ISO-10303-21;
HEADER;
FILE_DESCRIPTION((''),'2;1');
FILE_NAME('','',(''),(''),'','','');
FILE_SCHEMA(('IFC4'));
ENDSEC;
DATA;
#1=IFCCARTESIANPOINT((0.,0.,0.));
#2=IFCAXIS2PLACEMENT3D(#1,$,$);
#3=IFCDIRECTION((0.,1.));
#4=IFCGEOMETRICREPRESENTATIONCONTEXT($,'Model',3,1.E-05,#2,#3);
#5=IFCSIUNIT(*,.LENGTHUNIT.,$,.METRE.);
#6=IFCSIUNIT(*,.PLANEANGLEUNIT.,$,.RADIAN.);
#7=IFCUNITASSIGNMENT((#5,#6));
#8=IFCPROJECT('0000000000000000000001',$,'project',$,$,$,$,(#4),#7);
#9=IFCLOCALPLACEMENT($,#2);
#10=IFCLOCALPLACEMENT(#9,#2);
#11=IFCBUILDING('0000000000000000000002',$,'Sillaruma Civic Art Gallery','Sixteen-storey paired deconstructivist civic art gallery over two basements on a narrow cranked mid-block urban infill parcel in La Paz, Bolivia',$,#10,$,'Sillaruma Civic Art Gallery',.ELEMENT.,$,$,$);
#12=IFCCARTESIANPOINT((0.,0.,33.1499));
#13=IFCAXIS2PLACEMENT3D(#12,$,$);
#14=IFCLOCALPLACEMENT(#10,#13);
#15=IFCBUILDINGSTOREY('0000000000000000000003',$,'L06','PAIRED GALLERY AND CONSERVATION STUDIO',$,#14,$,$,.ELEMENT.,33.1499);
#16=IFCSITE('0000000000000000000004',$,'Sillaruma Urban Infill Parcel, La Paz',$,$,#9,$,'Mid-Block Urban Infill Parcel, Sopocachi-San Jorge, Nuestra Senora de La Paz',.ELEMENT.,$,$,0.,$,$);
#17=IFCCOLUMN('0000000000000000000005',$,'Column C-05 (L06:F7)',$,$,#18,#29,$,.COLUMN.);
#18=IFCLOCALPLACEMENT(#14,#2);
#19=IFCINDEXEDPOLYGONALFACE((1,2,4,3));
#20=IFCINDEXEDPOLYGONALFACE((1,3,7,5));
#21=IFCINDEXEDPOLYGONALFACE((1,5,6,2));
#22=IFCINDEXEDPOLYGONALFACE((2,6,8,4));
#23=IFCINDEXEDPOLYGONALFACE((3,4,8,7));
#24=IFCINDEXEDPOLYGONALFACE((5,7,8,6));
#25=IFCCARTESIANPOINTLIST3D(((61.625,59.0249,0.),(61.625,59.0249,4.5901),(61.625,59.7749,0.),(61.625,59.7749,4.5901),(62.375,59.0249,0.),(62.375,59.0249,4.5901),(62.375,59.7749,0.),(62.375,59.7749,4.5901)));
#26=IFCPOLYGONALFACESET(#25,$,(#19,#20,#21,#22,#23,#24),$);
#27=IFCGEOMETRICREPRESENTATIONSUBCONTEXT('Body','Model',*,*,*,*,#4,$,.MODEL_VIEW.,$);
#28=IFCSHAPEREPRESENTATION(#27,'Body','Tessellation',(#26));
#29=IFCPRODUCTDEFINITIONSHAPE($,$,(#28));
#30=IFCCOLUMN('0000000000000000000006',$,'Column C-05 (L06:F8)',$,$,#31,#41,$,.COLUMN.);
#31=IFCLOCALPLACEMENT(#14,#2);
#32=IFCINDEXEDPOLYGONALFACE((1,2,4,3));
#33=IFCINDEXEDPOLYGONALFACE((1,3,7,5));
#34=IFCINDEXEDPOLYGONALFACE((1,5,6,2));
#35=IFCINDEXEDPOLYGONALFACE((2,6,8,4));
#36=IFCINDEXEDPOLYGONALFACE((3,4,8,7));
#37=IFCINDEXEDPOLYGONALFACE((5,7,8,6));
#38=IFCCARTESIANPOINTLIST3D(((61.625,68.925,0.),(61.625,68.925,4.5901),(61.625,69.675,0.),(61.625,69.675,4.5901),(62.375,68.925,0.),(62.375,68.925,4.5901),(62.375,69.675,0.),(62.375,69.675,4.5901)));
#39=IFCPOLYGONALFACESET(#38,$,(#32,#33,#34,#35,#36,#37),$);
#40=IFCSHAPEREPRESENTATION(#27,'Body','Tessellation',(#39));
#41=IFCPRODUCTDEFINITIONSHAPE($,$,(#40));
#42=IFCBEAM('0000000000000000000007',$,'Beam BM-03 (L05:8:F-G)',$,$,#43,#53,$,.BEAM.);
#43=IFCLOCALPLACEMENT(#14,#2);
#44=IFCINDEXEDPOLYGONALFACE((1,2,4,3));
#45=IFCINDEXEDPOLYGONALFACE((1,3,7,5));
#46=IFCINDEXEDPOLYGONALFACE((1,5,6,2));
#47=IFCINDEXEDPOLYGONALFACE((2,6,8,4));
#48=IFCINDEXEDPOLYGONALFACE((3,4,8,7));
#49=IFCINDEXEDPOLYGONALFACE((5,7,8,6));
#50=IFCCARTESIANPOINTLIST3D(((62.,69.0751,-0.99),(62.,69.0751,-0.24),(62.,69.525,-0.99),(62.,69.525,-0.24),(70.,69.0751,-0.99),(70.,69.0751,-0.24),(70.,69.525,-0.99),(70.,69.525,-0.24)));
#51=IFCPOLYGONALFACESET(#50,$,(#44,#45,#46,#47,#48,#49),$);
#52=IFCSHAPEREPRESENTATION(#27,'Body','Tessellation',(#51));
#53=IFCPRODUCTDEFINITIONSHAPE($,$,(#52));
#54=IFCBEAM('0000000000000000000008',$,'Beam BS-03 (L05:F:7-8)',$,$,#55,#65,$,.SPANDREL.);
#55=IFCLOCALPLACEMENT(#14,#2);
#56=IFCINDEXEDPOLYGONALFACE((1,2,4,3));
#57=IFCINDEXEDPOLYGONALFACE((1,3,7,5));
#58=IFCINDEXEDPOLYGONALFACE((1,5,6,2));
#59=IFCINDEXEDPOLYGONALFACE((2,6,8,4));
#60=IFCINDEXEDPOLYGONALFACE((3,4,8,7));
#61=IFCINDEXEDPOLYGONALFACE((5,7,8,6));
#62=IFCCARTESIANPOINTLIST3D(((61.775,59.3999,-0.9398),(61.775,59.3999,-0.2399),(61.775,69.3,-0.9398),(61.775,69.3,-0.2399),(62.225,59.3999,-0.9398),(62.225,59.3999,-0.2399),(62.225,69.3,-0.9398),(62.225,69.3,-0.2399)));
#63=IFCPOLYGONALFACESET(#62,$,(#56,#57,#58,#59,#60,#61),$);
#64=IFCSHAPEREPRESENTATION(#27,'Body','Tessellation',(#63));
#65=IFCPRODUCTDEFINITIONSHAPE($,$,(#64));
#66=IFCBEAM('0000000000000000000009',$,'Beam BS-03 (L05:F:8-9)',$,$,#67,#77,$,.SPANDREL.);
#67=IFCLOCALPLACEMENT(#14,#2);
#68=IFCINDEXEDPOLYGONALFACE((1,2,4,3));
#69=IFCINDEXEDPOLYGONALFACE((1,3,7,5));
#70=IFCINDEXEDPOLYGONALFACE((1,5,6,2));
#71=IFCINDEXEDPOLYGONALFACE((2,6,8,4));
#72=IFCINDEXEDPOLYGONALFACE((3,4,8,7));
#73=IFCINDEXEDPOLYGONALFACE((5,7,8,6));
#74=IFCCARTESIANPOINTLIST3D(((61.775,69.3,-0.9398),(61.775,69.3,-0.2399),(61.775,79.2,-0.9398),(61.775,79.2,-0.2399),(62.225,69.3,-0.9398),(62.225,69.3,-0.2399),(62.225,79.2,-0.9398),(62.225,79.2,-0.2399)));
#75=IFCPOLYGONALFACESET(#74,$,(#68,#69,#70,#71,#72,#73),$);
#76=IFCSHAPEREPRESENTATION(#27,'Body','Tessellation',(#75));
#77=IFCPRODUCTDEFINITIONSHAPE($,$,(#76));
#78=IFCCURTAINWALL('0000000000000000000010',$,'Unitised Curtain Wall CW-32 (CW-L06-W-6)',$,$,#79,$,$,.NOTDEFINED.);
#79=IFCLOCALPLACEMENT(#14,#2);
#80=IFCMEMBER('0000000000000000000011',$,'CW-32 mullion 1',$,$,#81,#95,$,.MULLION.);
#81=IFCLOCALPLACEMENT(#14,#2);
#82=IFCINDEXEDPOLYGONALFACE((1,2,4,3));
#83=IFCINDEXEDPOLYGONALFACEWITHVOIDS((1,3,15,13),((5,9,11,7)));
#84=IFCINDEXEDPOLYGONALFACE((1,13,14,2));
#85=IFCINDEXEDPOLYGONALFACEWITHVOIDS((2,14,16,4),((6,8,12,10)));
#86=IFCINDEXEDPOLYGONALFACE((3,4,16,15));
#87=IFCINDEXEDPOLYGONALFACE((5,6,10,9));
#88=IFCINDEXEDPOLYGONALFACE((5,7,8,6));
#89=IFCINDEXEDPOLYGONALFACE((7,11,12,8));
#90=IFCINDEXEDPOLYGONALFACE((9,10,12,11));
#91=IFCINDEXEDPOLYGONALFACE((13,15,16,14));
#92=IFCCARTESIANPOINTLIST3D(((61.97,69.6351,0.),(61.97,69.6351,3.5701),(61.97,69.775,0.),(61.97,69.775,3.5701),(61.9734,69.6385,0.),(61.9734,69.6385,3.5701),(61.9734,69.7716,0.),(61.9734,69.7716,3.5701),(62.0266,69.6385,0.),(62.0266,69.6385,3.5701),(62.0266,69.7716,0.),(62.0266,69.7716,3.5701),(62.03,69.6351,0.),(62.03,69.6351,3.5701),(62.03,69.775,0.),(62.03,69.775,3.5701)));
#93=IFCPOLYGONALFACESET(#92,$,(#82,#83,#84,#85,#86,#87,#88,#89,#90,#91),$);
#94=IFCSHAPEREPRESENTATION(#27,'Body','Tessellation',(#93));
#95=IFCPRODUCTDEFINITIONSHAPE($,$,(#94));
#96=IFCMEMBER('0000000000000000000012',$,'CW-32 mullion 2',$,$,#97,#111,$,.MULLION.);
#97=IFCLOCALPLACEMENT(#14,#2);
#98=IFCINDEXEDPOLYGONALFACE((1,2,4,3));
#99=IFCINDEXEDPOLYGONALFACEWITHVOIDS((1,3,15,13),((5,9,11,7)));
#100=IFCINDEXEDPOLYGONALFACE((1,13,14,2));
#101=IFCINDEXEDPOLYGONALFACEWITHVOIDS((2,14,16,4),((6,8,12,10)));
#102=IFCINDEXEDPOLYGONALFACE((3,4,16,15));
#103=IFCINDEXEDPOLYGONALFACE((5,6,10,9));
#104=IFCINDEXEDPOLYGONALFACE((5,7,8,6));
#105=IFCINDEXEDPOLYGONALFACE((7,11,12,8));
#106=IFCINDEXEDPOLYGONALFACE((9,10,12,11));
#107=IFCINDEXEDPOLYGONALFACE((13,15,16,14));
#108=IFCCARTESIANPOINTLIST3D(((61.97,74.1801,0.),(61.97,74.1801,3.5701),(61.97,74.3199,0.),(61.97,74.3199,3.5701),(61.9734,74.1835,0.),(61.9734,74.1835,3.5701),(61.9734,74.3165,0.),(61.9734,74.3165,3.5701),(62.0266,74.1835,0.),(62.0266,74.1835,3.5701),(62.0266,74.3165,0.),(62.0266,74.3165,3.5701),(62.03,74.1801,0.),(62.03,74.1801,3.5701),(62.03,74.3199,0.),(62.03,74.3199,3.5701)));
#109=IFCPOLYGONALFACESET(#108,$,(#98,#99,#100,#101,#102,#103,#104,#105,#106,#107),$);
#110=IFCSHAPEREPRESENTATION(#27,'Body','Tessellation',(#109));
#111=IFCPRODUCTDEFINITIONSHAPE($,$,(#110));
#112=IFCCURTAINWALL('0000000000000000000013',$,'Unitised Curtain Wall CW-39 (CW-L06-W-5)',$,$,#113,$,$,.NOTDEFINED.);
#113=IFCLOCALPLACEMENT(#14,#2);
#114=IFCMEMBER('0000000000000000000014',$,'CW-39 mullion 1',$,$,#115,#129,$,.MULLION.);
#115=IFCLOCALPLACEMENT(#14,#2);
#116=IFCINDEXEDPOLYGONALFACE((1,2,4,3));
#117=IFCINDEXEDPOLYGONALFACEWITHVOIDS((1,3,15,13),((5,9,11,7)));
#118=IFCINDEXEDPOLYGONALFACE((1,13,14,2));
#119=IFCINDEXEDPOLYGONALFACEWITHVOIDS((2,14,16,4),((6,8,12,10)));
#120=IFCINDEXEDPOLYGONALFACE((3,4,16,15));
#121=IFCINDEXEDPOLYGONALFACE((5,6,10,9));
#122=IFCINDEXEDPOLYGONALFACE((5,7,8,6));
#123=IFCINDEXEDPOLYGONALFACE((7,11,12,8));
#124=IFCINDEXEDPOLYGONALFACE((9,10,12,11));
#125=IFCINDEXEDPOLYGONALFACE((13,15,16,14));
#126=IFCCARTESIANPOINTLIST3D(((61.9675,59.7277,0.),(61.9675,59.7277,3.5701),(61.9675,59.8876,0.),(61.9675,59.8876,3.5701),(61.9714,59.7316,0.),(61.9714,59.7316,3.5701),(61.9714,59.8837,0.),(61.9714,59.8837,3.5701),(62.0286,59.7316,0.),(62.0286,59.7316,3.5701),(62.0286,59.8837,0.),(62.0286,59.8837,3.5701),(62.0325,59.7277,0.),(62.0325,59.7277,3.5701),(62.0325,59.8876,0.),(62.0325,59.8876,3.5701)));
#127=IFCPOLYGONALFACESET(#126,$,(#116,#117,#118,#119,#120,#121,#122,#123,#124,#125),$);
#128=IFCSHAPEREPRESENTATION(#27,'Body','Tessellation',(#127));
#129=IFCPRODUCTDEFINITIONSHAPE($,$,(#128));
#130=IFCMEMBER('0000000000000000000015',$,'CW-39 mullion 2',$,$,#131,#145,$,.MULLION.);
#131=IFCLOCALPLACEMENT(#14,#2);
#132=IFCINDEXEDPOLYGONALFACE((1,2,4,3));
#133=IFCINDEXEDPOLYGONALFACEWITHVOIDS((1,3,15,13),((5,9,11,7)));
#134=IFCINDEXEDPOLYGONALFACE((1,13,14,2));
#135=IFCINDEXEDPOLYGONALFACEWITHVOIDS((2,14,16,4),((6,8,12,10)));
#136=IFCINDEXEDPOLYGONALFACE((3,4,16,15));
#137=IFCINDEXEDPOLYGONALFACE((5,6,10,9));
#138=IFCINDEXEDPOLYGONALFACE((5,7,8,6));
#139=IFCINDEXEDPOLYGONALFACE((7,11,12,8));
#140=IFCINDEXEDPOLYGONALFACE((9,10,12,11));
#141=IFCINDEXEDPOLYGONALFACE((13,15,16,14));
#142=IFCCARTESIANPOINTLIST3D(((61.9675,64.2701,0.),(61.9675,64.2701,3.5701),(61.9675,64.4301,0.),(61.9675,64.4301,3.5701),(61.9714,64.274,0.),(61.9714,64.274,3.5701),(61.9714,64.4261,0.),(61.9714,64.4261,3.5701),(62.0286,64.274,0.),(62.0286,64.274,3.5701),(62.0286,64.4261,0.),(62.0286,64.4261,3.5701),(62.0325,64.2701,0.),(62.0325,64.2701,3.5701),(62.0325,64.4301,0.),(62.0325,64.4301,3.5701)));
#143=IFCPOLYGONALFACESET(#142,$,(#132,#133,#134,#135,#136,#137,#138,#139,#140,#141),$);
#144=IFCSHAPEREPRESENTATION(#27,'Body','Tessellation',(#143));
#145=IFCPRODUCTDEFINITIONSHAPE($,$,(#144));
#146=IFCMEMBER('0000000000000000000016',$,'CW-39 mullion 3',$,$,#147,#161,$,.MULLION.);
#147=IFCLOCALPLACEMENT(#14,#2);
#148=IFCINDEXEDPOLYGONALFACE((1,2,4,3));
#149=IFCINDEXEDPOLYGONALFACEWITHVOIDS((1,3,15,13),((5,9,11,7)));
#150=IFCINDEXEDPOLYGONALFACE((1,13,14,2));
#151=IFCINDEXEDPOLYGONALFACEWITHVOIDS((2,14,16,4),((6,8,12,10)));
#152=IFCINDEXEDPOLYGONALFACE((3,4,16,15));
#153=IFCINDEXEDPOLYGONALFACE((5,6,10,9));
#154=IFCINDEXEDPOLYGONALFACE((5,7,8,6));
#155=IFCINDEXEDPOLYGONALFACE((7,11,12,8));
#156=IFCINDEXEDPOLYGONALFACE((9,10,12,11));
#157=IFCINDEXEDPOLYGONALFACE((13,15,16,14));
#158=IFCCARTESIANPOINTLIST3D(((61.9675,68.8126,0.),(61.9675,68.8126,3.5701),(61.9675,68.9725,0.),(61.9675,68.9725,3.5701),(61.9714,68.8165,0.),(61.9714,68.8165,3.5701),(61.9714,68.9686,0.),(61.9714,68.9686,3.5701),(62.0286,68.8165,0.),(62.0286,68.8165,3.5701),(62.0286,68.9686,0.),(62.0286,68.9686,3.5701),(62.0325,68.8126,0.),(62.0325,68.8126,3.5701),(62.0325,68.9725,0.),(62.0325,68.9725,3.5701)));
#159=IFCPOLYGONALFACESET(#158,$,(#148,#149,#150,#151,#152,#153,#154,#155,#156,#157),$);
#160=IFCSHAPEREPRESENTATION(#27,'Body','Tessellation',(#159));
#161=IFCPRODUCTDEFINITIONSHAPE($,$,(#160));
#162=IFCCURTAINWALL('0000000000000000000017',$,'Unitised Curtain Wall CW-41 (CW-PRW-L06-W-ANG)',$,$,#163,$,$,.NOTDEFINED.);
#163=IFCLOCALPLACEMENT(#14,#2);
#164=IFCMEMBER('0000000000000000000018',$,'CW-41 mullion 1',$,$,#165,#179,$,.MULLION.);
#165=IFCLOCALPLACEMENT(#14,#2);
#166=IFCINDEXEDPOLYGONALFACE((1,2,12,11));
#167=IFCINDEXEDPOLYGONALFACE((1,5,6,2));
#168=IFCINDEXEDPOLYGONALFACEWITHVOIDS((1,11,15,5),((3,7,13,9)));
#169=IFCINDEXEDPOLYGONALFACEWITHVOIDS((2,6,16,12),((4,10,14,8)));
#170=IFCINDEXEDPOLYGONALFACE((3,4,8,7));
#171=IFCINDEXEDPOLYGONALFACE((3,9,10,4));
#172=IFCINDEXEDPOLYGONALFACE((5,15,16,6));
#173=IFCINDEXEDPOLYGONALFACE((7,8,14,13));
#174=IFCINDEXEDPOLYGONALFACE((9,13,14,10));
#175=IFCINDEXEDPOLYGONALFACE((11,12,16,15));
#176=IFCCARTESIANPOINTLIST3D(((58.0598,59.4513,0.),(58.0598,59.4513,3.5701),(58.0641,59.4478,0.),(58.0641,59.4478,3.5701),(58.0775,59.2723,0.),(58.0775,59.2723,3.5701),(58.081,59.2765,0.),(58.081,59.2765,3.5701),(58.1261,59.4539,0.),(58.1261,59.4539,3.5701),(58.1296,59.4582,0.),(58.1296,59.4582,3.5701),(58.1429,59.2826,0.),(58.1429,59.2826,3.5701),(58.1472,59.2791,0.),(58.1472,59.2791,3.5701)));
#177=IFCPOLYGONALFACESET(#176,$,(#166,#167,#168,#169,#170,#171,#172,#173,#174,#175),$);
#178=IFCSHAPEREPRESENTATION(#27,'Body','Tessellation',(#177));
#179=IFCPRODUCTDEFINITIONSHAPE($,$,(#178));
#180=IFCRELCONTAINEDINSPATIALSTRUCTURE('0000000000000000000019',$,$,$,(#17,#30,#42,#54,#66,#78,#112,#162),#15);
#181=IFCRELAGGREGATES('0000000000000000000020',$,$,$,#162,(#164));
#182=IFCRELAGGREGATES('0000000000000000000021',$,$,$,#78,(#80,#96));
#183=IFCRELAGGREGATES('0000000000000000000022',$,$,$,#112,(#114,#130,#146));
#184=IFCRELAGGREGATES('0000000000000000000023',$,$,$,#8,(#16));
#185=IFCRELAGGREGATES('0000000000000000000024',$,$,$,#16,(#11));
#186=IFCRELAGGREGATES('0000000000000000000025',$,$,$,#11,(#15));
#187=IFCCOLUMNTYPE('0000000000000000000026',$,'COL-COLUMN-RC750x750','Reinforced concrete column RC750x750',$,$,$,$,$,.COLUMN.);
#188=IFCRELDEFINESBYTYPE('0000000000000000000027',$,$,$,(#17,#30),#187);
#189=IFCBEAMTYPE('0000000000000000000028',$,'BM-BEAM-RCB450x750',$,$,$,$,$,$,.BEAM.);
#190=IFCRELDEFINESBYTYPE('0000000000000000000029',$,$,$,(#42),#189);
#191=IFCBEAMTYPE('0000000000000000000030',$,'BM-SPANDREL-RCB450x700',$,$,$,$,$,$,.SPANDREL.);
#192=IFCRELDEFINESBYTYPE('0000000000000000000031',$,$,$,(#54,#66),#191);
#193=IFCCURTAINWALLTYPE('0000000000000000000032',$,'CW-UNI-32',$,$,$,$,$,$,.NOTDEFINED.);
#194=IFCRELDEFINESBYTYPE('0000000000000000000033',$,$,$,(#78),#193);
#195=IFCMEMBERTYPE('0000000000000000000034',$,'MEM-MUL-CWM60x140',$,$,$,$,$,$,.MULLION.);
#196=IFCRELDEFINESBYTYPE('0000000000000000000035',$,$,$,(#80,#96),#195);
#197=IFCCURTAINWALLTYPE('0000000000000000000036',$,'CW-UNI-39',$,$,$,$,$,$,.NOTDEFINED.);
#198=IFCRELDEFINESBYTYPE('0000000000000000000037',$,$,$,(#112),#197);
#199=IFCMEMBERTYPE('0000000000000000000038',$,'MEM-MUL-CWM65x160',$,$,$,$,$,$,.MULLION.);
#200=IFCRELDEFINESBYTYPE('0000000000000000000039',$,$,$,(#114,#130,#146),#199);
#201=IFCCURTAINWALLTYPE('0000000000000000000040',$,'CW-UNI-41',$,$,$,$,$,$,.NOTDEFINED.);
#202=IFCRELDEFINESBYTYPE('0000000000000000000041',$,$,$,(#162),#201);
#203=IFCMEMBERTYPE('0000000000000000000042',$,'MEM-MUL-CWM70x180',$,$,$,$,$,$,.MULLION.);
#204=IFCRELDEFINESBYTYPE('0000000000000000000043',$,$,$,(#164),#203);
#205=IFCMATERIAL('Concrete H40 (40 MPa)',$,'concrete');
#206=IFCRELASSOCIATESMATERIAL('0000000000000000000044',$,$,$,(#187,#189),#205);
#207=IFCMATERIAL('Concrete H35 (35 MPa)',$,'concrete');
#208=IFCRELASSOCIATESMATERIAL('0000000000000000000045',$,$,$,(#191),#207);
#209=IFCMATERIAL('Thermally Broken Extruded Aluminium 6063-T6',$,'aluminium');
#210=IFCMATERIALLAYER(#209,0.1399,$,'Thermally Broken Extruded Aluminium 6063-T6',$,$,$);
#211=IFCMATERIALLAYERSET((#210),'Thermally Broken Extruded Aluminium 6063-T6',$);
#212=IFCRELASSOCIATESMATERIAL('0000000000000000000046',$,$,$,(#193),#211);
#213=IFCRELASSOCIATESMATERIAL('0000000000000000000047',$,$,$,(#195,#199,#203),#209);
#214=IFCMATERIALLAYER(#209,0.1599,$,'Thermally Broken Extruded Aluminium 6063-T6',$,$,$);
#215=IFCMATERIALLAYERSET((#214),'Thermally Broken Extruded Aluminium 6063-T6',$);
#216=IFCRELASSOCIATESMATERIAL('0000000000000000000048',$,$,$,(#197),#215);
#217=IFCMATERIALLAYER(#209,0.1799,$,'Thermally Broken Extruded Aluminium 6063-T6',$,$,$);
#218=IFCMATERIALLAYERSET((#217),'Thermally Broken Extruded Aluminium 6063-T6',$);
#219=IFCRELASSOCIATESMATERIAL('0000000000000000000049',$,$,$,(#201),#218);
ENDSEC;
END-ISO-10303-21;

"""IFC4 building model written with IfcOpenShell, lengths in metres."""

from ifc_helpers import new_model, si_unit, direction, frame, origin, origin_2d, place, context, subcontext, project, spatial, rectangle, hollow_rectangle, extrude, material, layer, layer_set, material_profile, profile_set, type_object, element, aggregate, save


model = new_model("IFC4")

# Units and contexts
model_context = context("Model", 3, precision=1e-05, world=origin(), true_north=direction((0.0, 1.0)))
body_context = subcontext(model_context, "Body", "Model", "MODEL_VIEW")
ifc_project = project(units=[si_unit("LENGTHUNIT", "METRE"), si_unit("PLANEANGLEUNIT", "RADIAN")], contexts=[model_context])

# Site, building, storey
site_placement = place(None, origin())
site = spatial("IfcSite", under=ifc_project, at=site_placement, Name="Sillaruma Urban Infill Parcel, La Paz", LongName="Mid-Block Urban Infill Parcel, Sopocachi-San Jorge, Nuestra Senora de La Paz", CompositionType="ELEMENT", RefElevation=0.0)
building_placement = place(site_placement, origin())
building = spatial("IfcBuilding", under=site, at=building_placement, Name="Sillaruma Civic Art Gallery", Description="Sixteen-storey paired deconstructivist civic art gallery over two basements on a narrow cranked mid-block urban infill parcel in La Paz, Bolivia", LongName="Sillaruma Civic Art Gallery", CompositionType="ELEMENT")
storey_placement = place(building_placement, frame((0.0, 0.0, 33.1499)))
storey = spatial("IfcBuildingStorey", under=building, at=storey_placement, Name="L06", Description="PAIRED GALLERY AND CONSERVATION STUDIO", CompositionType="ELEMENT", Elevation=33.1499)

# Columns
ifc_material_1 = material(Name="Concrete H40 (40 MPa)", Category="concrete")
ifc_material_profile_1 = material_profile(ifc_material_1, rectangle(XDim=0.75, YDim=0.75, at=origin_2d()), Name="RC750x750")
ifc_profile_set_1 = profile_set([ifc_material_profile_1], Name="Concrete H40 (40 MPa)")
column_type = type_object("IfcColumnType", Name="COL-COLUMN-RC750x750", Description="Reinforced concrete column RC750x750", PredefinedType="COLUMN", material=ifc_profile_set_1)
for number, where, z_axis, x_axis, name in (
    (1, (62.0, 59.3999, 0.0), (0.0, 0.0, 1.0), (1.0, 0.0, 0.0), "Column C-05 (L06:F7)"),
    (2, (62.0, 69.3, 0.0), (0.0, 0.0, 1.0), (1.0, 0.0, 0.0), "Column C-05 (L06:F8)"),
):
    element("IfcColumn", number, at=place(storey_placement, frame(where, z_axis=z_axis, x_axis=x_axis)), inside=storey, type_object=column_type, Name=name, PredefinedType="COLUMN", context=body_context, shape_type="SweptSolid", body=[
        extrude(rectangle(XDim=0.75, YDim=0.75, at=origin_2d()), origin(), (0.0, 0.0, 1.0), 4.5901),
    ])

# Beams
ifc_material_profile_2 = material_profile(ifc_material_1, rectangle(XDim=0.45, YDim=0.75, at=origin_2d()), Name="RCB450x750")
ifc_profile_set_2 = profile_set([ifc_material_profile_2], Name="Concrete H40 (40 MPa)")
beam_type_1 = type_object("IfcBeamType", Name="BM-BEAM-RCB450x750", PredefinedType="BEAM", material=ifc_profile_set_2)
beam_1_placement = place(storey_placement, frame((62.0, 69.3, -0.615), z_axis=(1.0, 0.0, 0.0), x_axis=(0.0, 1.0, 0.0)))
element("IfcBeam", 3, at=beam_1_placement, inside=storey, type_object=beam_type_1, Name="Beam BM-03 (L05:8:F-G)", PredefinedType="BEAM", context=body_context, shape_type="SweptSolid", body=[
    extrude(rectangle(XDim=0.45, YDim=0.75, at=origin_2d()), origin(), (0.0, 0.0, 1.0), 8.0),
])
ifc_material_2 = material(Name="Concrete H35 (35 MPa)", Category="concrete")
ifc_material_profile_3 = material_profile(ifc_material_2, rectangle(XDim=0.45, YDim=0.7, at=origin_2d()), Name="RCB450x700")
ifc_profile_set_3 = profile_set([ifc_material_profile_3], Name="Concrete H35 (35 MPa)")
beam_type_2 = type_object("IfcBeamType", Name="BM-SPANDREL-RCB450x700", PredefinedType="SPANDREL", material=ifc_profile_set_3)
beam_2_placement = place(storey_placement, frame((62.0, 59.3999, -0.5898), z_axis=(0.0, 1.0, 0.0), x_axis=(-1.0, 0.0, 0.0)))
element("IfcBeam", 4, at=beam_2_placement, inside=storey, type_object=beam_type_2, Name="Beam BS-03 (L05:F:7-8)", PredefinedType="SPANDREL", context=body_context, shape_type="SweptSolid", body=[
    extrude(rectangle(XDim=0.45, YDim=0.7, at=origin_2d()), origin(), (0.0, 0.0, 1.0), 9.9001),
])
beam_3_placement = place(storey_placement, frame((62.0, 69.3, -0.5898), z_axis=(0.0, 1.0, 0.0), x_axis=(-1.0, 0.0, 0.0)))
element("IfcBeam", 5, at=beam_3_placement, inside=storey, type_object=beam_type_2, Name="Beam BS-03 (L05:F:8-9)", PredefinedType="SPANDREL", context=body_context, shape_type="SweptSolid", body=[
    extrude(rectangle(XDim=0.45, YDim=0.7, at=origin_2d()), origin(), (0.0, 0.0, 1.0), 9.8999),
])

# Curtain walls, members
ifc_material_3 = material(Name="Thermally Broken Extruded Aluminium 6063-T6", Category="aluminium")
ifc_layer_1 = layer(ifc_material_3, 0.1399, Name="Thermally Broken Extruded Aluminium 6063-T6")
ifc_layer_set_1 = layer_set([ifc_layer_1], Name="Thermally Broken Extruded Aluminium 6063-T6")
curtain_wall_type_1 = type_object("IfcCurtainWallType", Name="CW-UNI-32", PredefinedType="NOTDEFINED", material=ifc_layer_set_1)
curtain_wall_1_placement = place(storey_placement, origin())
curtain_wall_1 = element("IfcCurtainWall", 6, at=curtain_wall_1_placement, inside=storey, type_object=curtain_wall_type_1, Name="Unitised Curtain Wall CW-32 (CW-L06-W-6)", PredefinedType="NOTDEFINED")
ifc_material_profile_4 = material_profile(ifc_material_3, hollow_rectangle(XDim=0.0601, YDim=0.1399, WallThickness=0.0034, at=origin_2d()), Name="CWM60x140")
ifc_profile_set_4 = profile_set([ifc_material_profile_4], Name="Thermally Broken Extruded Aluminium 6063-T6")
member_type_1 = type_object("IfcMemberType", Name="MEM-MUL-CWM60x140", PredefinedType="MULLION", material=ifc_profile_set_4)
member_1_placement = place(storey_placement, frame((62.0, 69.7051, 0.0), z_axis=(0.0, 0.0, 1.0), x_axis=(-1.0, 0.0, 0.0)))
member_1 = element("IfcMember", 7, at=member_1_placement, type_object=member_type_1, Name="CW-32 mullion 1", PredefinedType="MULLION", context=body_context, shape_type="SweptSolid", body=[
    extrude(hollow_rectangle(XDim=0.0601, YDim=0.1399, WallThickness=0.0034, at=origin_2d()), origin(), (0.0, 0.0, 1.0), 3.5701),
])
member_2_placement = place(storey_placement, frame((62.0, 74.25, 0.0), z_axis=(0.0, 0.0, 1.0), x_axis=(-1.0, 0.0, 0.0)))
member_2 = element("IfcMember", 8, at=member_2_placement, type_object=member_type_1, Name="CW-32 mullion 2", PredefinedType="MULLION", context=body_context, shape_type="SweptSolid", body=[
    extrude(hollow_rectangle(XDim=0.0601, YDim=0.1399, WallThickness=0.0034, at=origin_2d()), origin(), (0.0, 0.0, 1.0), 3.5701),
])
ifc_layer_2 = layer(ifc_material_3, 0.1599, Name="Thermally Broken Extruded Aluminium 6063-T6")
ifc_layer_set_2 = layer_set([ifc_layer_2], Name="Thermally Broken Extruded Aluminium 6063-T6")
curtain_wall_type_2 = type_object("IfcCurtainWallType", Name="CW-UNI-39", PredefinedType="NOTDEFINED", material=ifc_layer_set_2)
curtain_wall_2_placement = place(storey_placement, origin())
curtain_wall_2 = element("IfcCurtainWall", 9, at=curtain_wall_2_placement, inside=storey, type_object=curtain_wall_type_2, Name="Unitised Curtain Wall CW-39 (CW-L06-W-5)", PredefinedType="NOTDEFINED")
ifc_material_profile_5 = material_profile(ifc_material_3, hollow_rectangle(XDim=0.0649, YDim=0.1599, WallThickness=0.0039, at=origin_2d()), Name="CWM65x160")
ifc_profile_set_5 = profile_set([ifc_material_profile_5], Name="Thermally Broken Extruded Aluminium 6063-T6")
member_type_2 = type_object("IfcMemberType", Name="MEM-MUL-CWM65x160", PredefinedType="MULLION", material=ifc_profile_set_5)
member_3_placement = place(storey_placement, frame((62.0, 59.8076, 0.0), z_axis=(0.0, 0.0, 1.0), x_axis=(-1.0, 0.0, 0.0)))
member_3 = element("IfcMember", 10, at=member_3_placement, type_object=member_type_2, Name="CW-39 mullion 1", PredefinedType="MULLION", context=body_context, shape_type="SweptSolid", body=[
    extrude(hollow_rectangle(XDim=0.0649, YDim=0.1599, WallThickness=0.0039, at=origin_2d()), origin(), (0.0, 0.0, 1.0), 3.5701),
])
member_4_placement = place(storey_placement, frame((62.0, 64.3501, 0.0), z_axis=(0.0, 0.0, 1.0), x_axis=(-1.0, 0.0, 0.0)))
member_4 = element("IfcMember", 11, at=member_4_placement, type_object=member_type_2, Name="CW-39 mullion 2", PredefinedType="MULLION", context=body_context, shape_type="SweptSolid", body=[
    extrude(hollow_rectangle(XDim=0.0649, YDim=0.1599, WallThickness=0.0039, at=origin_2d()), origin(), (0.0, 0.0, 1.0), 3.5701),
])
member_5_placement = place(storey_placement, frame((62.0, 68.8926, 0.0), z_axis=(0.0, 0.0, 1.0), x_axis=(-1.0, 0.0, 0.0)))
member_5 = element("IfcMember", 12, at=member_5_placement, type_object=member_type_2, Name="CW-39 mullion 3", PredefinedType="MULLION", context=body_context, shape_type="SweptSolid", body=[
    extrude(hollow_rectangle(XDim=0.0649, YDim=0.1599, WallThickness=0.0039, at=origin_2d()), origin(), (0.0, 0.0, 1.0), 3.5701),
])

# Curtain wall, member
ifc_layer_3 = layer(ifc_material_3, 0.1799, Name="Thermally Broken Extruded Aluminium 6063-T6")
ifc_layer_set_3 = layer_set([ifc_layer_3], Name="Thermally Broken Extruded Aluminium 6063-T6")
curtain_wall_type_3 = type_object("IfcCurtainWallType", Name="CW-UNI-41", PredefinedType="NOTDEFINED", material=ifc_layer_set_3)
curtain_wall_3_placement = place(storey_placement, origin())
curtain_wall_3 = element("IfcCurtainWall", 13, at=curtain_wall_3_placement, inside=storey, type_object=curtain_wall_type_3, Name="Unitised Curtain Wall CW-41 (CW-PRW-L06-W-ANG)", PredefinedType="NOTDEFINED")
ifc_material_profile_6 = material_profile(ifc_material_3, hollow_rectangle(XDim=0.0701, YDim=0.1799, WallThickness=0.0039, at=origin_2d()), Name="CWM70x180")
ifc_profile_set_6 = profile_set([ifc_material_profile_6], Name="Thermally Broken Extruded Aluminium 6063-T6")
member_type_3 = type_object("IfcMemberType", Name="MEM-MUL-CWM70x180", PredefinedType="MULLION", material=ifc_profile_set_6)
member_6_placement = place(storey_placement, frame((58.1035, 59.3652, 0.0), z_axis=(0.0, 0.0, 1.0), x_axis=(0.995185, 0.098011, 0.0)))
member_6 = element("IfcMember", 14, at=member_6_placement, type_object=member_type_3, Name="CW-41 mullion 1", PredefinedType="MULLION", context=body_context, shape_type="SweptSolid", body=[
    extrude(hollow_rectangle(XDim=0.0701, YDim=0.1799, WallThickness=0.0039, at=origin_2d()), origin(), (0.0, 0.0, 1.0), 3.5701),
])

aggregate(curtain_wall_3, [member_6])

aggregate(curtain_wall_1, [member_1, member_2])
aggregate(curtain_wall_2, [member_3, member_4, member_5])

save(model, "model.ifc")
